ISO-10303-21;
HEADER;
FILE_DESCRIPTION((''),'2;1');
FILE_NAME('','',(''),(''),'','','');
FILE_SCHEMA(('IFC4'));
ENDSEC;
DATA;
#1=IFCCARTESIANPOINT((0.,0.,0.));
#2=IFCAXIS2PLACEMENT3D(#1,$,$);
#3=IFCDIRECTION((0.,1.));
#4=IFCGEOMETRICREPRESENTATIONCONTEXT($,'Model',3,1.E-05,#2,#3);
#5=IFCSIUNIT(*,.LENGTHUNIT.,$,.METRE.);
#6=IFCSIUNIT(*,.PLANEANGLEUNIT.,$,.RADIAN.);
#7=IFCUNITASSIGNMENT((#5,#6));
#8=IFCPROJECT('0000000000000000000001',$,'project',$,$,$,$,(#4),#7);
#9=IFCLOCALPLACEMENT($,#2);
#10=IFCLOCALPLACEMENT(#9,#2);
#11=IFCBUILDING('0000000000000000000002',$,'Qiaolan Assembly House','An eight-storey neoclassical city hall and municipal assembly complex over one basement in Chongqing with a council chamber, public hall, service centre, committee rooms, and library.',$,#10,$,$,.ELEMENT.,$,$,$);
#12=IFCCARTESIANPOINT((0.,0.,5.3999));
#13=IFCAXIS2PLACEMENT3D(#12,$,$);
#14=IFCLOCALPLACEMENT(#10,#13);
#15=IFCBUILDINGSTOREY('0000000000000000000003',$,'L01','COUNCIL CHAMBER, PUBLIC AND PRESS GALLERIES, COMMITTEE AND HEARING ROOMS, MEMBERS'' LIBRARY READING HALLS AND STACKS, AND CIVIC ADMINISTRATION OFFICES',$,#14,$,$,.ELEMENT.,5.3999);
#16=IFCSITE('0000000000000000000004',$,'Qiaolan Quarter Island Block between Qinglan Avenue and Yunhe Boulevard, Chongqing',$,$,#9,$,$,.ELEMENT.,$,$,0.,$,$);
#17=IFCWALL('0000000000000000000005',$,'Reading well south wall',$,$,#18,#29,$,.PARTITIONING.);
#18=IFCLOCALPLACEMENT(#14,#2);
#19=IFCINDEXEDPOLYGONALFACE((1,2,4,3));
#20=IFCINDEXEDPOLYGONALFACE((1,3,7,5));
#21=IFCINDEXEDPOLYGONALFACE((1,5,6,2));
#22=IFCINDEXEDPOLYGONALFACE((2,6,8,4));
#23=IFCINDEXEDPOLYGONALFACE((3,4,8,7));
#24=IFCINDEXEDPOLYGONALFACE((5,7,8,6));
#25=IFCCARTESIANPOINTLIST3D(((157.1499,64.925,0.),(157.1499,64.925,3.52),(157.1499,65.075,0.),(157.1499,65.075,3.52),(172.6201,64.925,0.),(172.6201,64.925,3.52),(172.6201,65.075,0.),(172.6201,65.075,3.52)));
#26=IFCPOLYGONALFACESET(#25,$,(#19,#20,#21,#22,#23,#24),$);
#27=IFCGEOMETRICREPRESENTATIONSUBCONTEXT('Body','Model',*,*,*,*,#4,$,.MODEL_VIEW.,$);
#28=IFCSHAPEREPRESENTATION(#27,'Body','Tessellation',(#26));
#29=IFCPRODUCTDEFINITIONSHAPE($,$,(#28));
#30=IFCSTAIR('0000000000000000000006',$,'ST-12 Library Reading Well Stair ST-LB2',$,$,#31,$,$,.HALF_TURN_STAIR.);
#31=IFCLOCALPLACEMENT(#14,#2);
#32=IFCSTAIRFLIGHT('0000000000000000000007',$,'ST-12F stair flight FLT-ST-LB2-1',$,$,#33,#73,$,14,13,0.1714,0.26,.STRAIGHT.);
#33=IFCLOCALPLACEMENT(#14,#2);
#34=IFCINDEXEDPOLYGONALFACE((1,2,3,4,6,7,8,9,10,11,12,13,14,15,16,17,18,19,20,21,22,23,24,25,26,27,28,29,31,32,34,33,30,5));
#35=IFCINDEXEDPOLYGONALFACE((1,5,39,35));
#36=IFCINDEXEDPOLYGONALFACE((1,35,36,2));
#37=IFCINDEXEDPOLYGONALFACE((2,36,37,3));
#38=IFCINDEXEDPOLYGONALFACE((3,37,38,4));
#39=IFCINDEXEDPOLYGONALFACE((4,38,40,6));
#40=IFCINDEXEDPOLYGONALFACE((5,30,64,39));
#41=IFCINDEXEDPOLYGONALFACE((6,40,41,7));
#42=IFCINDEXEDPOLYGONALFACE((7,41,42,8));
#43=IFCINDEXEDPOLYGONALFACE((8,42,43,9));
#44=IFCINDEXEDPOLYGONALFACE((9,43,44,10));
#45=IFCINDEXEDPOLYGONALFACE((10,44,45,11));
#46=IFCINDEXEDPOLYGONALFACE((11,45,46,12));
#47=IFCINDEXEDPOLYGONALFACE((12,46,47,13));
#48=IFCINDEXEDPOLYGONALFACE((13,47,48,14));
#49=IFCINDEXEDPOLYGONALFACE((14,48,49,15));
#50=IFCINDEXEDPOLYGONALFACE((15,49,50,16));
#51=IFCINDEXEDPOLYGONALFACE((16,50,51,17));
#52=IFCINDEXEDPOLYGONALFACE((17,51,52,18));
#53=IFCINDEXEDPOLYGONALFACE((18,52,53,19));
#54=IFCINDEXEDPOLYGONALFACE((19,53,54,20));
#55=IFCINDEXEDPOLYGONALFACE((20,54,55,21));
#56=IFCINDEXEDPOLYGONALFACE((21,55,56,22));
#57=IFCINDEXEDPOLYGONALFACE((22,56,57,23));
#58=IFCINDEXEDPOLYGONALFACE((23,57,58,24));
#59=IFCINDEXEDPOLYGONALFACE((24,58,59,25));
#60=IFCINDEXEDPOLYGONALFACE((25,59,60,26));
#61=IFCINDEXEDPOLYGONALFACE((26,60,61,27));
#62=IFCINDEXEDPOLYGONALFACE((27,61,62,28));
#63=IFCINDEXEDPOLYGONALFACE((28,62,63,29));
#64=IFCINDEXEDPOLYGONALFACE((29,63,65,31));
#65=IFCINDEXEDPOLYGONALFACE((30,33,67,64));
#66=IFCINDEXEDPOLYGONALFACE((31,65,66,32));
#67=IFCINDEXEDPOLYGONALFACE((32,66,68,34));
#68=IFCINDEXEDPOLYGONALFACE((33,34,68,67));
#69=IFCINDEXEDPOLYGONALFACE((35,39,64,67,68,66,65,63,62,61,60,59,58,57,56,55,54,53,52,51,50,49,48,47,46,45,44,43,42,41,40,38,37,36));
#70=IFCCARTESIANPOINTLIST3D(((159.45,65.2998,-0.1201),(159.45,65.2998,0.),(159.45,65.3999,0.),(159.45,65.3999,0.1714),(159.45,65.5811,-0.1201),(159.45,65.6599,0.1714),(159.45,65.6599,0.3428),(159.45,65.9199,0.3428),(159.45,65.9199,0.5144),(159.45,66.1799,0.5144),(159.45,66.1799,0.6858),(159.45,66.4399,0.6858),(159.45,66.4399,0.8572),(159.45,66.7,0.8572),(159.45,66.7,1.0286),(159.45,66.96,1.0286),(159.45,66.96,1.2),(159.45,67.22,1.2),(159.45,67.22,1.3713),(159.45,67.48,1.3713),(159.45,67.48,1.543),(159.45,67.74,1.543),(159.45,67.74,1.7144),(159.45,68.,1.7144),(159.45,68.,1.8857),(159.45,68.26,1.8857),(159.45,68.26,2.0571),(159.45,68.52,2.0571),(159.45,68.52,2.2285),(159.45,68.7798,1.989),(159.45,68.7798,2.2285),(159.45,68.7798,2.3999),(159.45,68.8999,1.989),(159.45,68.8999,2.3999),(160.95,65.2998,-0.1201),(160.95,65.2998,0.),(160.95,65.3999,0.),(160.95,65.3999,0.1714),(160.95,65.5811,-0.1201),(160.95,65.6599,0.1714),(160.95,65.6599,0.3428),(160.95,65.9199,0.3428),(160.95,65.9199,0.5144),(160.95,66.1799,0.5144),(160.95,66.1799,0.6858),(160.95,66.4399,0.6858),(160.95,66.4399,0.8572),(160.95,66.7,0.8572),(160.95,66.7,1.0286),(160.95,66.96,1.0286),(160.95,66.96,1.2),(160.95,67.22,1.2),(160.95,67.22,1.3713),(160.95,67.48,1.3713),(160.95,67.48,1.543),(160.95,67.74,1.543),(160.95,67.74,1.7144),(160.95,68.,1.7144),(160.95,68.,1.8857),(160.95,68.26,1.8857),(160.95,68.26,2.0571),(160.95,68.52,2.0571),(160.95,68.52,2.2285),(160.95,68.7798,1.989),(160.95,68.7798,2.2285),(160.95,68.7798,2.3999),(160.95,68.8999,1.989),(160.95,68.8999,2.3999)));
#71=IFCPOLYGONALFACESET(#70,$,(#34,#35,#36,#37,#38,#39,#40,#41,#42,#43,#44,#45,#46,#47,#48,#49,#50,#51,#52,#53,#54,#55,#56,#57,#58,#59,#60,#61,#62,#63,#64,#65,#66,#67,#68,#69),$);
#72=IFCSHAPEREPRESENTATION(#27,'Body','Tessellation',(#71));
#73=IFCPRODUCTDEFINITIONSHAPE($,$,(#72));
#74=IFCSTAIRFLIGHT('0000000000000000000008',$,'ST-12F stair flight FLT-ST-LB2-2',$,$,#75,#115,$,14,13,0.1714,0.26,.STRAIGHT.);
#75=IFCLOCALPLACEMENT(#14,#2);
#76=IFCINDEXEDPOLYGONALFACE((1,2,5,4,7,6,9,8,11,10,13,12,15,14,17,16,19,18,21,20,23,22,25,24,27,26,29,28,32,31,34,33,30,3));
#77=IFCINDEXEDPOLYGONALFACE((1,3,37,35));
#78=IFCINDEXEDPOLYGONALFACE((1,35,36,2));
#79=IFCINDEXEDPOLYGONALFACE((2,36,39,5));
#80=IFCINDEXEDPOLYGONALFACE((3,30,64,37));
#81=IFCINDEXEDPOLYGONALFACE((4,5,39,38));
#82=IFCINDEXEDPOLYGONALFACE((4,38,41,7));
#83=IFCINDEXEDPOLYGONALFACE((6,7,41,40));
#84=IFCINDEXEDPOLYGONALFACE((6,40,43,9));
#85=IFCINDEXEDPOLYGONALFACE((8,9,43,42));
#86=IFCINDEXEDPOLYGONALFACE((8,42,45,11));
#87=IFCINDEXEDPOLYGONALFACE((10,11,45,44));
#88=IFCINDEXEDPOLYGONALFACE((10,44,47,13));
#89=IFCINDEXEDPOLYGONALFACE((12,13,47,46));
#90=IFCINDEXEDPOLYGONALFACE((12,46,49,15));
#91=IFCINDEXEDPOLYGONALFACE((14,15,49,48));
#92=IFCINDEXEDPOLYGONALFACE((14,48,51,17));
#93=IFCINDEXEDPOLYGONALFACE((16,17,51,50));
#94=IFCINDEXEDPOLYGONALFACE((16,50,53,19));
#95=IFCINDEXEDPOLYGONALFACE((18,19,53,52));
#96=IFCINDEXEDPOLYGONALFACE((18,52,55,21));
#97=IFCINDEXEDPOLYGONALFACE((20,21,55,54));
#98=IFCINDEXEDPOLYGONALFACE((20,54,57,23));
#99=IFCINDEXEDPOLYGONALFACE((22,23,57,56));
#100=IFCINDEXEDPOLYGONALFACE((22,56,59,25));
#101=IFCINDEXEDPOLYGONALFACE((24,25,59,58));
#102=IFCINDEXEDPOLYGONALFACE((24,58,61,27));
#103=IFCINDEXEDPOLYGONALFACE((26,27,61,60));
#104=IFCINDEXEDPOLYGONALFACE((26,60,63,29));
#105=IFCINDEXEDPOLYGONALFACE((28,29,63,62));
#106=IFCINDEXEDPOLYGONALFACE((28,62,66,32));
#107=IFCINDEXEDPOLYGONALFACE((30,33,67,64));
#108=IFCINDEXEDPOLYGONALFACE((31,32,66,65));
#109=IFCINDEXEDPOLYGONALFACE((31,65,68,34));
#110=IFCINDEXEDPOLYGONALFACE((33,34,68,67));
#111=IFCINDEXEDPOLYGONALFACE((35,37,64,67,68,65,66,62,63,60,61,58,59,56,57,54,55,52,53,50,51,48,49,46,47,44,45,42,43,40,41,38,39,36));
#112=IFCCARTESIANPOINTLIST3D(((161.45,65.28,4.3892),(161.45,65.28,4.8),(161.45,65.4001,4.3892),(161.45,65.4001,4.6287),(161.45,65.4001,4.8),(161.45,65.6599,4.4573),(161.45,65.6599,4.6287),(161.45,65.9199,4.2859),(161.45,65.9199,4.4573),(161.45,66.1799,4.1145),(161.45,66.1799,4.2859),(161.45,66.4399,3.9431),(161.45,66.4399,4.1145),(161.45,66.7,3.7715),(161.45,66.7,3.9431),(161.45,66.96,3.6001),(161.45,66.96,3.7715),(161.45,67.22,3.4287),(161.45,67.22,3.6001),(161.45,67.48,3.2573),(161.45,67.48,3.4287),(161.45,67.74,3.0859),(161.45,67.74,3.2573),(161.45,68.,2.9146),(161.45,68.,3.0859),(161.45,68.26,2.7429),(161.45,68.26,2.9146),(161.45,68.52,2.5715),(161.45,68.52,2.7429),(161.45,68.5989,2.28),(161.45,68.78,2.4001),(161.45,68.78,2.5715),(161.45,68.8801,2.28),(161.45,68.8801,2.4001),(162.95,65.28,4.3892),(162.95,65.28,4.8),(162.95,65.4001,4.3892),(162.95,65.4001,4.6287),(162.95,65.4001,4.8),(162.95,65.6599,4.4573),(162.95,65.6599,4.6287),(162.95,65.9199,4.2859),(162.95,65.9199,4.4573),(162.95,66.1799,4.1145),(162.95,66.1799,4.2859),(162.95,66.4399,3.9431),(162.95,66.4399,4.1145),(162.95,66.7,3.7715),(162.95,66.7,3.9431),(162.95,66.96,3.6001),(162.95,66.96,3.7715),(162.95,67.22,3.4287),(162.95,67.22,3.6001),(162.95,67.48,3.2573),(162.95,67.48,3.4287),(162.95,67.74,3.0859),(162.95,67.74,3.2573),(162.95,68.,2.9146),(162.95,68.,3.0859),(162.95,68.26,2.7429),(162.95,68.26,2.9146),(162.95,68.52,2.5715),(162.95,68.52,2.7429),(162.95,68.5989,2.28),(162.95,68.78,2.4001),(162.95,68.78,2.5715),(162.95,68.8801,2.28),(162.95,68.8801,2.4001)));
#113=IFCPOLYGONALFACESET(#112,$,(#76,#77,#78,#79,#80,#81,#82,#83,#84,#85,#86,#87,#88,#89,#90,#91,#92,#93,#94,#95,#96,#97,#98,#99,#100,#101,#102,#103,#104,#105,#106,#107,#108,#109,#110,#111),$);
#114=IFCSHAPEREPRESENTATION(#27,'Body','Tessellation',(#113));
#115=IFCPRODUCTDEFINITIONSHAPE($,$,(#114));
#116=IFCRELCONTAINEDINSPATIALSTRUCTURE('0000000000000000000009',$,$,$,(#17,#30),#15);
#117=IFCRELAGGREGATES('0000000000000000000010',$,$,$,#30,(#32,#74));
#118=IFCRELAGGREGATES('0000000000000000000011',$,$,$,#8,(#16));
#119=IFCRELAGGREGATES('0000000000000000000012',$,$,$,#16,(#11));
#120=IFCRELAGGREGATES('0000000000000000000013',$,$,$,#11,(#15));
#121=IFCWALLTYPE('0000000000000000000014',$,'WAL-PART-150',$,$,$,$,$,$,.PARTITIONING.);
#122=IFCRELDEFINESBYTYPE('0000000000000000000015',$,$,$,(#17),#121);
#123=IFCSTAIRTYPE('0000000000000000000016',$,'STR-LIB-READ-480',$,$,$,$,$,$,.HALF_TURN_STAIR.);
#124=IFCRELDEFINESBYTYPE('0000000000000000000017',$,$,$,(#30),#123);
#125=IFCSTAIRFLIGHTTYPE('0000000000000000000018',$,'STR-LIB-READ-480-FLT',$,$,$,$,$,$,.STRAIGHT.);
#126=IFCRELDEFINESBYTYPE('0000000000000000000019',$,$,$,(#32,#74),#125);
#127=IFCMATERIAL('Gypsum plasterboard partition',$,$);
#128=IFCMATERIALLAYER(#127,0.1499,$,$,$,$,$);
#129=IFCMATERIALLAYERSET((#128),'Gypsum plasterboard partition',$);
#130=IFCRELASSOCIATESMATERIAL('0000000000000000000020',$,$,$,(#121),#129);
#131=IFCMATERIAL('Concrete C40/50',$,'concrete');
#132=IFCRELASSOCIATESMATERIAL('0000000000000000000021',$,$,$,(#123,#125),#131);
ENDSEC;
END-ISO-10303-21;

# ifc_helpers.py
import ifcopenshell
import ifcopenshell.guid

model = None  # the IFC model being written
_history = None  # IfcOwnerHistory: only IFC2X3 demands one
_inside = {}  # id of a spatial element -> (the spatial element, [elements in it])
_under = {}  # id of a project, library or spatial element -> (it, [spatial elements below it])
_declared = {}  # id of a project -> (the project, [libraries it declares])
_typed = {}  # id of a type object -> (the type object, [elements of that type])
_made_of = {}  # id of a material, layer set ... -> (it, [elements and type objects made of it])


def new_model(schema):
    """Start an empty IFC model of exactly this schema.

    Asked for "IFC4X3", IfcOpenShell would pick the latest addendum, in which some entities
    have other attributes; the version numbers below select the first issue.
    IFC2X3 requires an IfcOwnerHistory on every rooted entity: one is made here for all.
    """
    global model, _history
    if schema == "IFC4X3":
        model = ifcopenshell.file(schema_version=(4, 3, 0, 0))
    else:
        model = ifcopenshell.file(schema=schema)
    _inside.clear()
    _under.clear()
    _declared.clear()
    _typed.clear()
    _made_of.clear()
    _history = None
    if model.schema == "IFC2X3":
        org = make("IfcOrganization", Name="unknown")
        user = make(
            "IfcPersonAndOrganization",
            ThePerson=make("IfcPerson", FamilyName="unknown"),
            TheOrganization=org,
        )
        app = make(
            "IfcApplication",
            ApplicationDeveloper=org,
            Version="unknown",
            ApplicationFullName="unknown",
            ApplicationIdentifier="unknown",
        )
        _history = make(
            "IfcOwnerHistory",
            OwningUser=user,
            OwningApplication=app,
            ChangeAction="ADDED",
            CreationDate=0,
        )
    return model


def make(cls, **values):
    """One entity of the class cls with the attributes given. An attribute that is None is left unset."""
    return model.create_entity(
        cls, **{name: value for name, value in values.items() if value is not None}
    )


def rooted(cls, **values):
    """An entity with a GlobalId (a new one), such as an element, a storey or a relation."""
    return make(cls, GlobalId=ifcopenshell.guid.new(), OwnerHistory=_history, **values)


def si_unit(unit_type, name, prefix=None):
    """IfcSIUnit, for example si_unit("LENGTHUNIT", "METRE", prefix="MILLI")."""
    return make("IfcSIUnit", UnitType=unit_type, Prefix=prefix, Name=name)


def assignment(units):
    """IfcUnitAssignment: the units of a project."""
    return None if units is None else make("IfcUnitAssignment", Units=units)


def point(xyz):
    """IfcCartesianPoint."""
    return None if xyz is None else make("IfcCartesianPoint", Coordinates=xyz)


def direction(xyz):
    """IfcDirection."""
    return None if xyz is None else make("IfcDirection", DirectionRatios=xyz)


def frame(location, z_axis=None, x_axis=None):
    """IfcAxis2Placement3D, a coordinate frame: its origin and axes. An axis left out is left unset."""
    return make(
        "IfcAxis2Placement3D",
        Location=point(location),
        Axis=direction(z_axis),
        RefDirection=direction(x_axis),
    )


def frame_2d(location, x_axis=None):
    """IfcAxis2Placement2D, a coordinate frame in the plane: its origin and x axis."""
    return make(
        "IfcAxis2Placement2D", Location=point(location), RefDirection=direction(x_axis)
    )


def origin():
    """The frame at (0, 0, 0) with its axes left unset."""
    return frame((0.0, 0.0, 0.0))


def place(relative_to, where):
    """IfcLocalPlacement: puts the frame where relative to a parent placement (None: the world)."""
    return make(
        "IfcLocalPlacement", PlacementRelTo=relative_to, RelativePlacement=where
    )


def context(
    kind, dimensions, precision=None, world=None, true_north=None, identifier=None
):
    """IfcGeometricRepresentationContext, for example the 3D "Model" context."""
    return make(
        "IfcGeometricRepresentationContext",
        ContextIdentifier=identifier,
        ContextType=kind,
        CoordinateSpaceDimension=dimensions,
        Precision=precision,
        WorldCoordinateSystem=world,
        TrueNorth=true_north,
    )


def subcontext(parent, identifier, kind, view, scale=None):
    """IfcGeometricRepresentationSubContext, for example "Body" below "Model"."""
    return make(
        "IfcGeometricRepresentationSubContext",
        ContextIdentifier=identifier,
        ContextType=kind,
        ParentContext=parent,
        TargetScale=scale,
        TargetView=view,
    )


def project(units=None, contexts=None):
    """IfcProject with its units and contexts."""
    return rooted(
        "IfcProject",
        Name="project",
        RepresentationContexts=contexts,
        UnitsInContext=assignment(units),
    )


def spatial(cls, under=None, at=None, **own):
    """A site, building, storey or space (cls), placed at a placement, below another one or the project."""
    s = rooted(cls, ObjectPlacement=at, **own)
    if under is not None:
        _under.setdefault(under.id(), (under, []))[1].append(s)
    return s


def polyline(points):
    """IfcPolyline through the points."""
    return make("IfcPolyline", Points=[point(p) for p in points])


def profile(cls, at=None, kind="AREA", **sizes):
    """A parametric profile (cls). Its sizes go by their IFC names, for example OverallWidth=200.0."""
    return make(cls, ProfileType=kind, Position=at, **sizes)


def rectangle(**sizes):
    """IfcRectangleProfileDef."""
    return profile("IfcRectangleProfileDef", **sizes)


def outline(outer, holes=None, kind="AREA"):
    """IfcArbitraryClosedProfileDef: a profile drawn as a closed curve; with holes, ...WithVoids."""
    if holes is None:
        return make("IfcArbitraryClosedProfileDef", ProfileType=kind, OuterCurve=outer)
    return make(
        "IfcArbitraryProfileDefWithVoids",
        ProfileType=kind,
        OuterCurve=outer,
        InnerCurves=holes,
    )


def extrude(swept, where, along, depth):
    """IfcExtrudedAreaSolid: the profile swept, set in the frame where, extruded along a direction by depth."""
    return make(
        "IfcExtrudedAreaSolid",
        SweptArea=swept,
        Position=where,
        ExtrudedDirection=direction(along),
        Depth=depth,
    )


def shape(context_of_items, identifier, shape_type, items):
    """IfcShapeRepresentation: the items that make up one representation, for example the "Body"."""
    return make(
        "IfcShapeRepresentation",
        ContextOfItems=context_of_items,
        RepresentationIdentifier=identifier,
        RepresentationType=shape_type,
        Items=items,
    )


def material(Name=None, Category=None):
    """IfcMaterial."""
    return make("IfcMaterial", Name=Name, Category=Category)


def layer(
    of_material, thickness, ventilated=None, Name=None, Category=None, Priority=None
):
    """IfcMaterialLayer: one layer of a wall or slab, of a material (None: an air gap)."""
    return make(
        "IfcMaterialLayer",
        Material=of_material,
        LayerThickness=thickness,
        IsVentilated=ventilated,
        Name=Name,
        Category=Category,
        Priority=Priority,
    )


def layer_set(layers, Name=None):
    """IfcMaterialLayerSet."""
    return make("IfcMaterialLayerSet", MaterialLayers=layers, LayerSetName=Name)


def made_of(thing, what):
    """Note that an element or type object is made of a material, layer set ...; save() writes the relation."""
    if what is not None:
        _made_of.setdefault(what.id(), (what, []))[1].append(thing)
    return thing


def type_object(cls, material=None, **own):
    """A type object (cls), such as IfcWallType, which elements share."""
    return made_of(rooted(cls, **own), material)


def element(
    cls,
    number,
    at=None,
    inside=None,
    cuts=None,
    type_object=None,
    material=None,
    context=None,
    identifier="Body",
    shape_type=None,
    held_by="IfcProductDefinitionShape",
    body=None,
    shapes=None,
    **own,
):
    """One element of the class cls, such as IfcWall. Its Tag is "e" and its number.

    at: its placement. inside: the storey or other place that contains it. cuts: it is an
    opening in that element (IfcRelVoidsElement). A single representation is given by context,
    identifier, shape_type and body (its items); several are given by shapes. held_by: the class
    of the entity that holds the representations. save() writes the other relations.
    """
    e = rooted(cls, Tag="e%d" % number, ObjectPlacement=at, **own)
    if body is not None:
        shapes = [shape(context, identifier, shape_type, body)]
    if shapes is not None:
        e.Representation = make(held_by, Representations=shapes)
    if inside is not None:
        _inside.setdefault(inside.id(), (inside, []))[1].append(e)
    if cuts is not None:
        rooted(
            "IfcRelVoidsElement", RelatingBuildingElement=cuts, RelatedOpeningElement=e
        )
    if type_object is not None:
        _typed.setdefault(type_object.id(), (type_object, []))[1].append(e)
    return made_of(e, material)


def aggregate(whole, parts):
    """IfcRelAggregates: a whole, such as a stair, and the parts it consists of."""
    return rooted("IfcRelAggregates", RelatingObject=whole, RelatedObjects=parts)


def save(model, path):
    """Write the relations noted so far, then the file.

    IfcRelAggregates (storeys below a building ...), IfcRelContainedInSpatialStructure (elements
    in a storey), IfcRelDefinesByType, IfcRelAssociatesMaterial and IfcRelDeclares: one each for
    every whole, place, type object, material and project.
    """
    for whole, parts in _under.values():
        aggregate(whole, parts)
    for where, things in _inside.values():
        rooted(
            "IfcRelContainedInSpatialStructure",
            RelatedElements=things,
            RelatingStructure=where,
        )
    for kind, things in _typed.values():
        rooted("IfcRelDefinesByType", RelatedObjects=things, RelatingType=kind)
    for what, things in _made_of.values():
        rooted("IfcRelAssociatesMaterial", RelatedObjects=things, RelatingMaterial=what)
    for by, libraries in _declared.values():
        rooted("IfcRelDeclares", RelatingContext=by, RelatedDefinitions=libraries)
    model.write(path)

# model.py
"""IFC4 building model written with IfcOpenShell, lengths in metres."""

from ifc_helpers import new_model, si_unit, direction, frame, frame_2d, origin, place, context, subcontext, project, spatial, polyline, rectangle, outline, extrude, material, layer, layer_set, type_object, element, aggregate, save


model = new_model("IFC4")

# Units and contexts
model_context = context("Model", 3, precision=1e-05, world=origin(), true_north=direction((0.0, 1.0)))
body_context = subcontext(model_context, "Body", "Model", "MODEL_VIEW")
ifc_project = project(units=[si_unit("LENGTHUNIT", "METRE"), si_unit("PLANEANGLEUNIT", "RADIAN")], contexts=[model_context])

# Site, building, storey
site_placement = place(None, origin())
site = spatial("IfcSite", under=ifc_project, at=site_placement, Name="Qiaolan Quarter Island Block between Qinglan Avenue and Yunhe Boulevard, Chongqing", CompositionType="ELEMENT", RefElevation=0.0)
building_placement = place(site_placement, origin())
building = spatial("IfcBuilding", under=site, at=building_placement, Name="Qiaolan Assembly House", Description="An eight-storey neoclassical city hall and municipal assembly complex over one basement in Chongqing with a council chamber, public hall, service centre, committee rooms, and library.", CompositionType="ELEMENT")
storey_placement = place(building_placement, frame((0.0, 0.0, 5.3999)))
storey = spatial("IfcBuildingStorey", under=building, at=storey_placement, Name="L01", Description="COUNCIL CHAMBER, PUBLIC AND PRESS GALLERIES, COMMITTEE AND HEARING ROOMS, MEMBERS' LIBRARY READING HALLS AND STACKS, AND CIVIC ADMINISTRATION OFFICES", CompositionType="ELEMENT", Elevation=5.3999)

# Shared definitions
ifc_material_1 = material(Name="Concrete C40/50", Category="concrete")

# Wall
ifc_material_2 = material(Name="Gypsum plasterboard partition")
ifc_layer_1 = layer(ifc_material_2, 0.1499)
ifc_layer_set_1 = layer_set([ifc_layer_1], Name="Gypsum plasterboard partition")
wall_type = type_object("IfcWallType", Name="WAL-PART-150", PredefinedType="PARTITIONING", material=ifc_layer_set_1)
wall_placement = place(storey_placement, frame((157.1499, 65.0, 0.0), z_axis=(0.0, 0.0, 1.0), x_axis=(1.0, 0.0, 0.0)))
element("IfcWall", 1, at=wall_placement, inside=storey, type_object=wall_type, Name="Reading well south wall", PredefinedType="PARTITIONING", context=body_context, shape_type="SweptSolid", body=[
    extrude(rectangle(XDim=15.4702, YDim=0.1499, at=frame_2d((7.7351, 0.0))), origin(), (0.0, 0.0, 1.0), 3.52),
])

# Stair, stair flights
stair_type = type_object("IfcStairType", Name="STR-LIB-READ-480", PredefinedType="HALF_TURN_STAIR", material=ifc_material_1)
stair_placement = place(storey_placement, origin())
stair = element("IfcStair", 2, at=stair_placement, inside=storey, type_object=stair_type, Name="ST-12 Library Reading Well Stair ST-LB2", PredefinedType="HALF_TURN_STAIR")
stair_flight_type = type_object("IfcStairFlightType", Name="STR-LIB-READ-480-FLT", PredefinedType="STRAIGHT", material=ifc_material_1)
stair_flight_1_placement = place(storey_placement, frame((160.2, 65.3999, 0.0), z_axis=(0.0, 0.0, 1.0), x_axis=(0.0, 1.0, 0.0)))
stair_flight_1 = element("IfcStairFlight", 3, at=stair_flight_1_placement, type_object=stair_flight_type, Name="ST-12F stair flight FLT-ST-LB2-1", NumberOfRisers=14, NumberOfTreads=13, PredefinedType="STRAIGHT", RiserHeight=0.1714, TreadLength=0.26, context=body_context, shape_type="SweptSolid", body=[
    extrude(outline(polyline([(-0.1001, -0.1201), (-0.1001, 0.0), (0.0, 0.0), (0.0, 0.1714), (0.26, 0.1714), (0.26, 0.3428), (0.52, 0.3428), (0.52, 0.5144), (0.78, 0.5144), (0.78, 0.6858), (1.04, 0.6858), (1.04, 0.8572), (1.3, 0.8572), (1.3, 1.0286), (1.5601, 1.0286), (1.5601, 1.2), (1.8201, 1.2), (1.8201, 1.3713), (2.0801, 1.3713), (2.0801, 1.543), (2.3401, 1.543), (2.3401, 1.7144), (2.6001, 1.7144), (2.6001, 1.8857), (2.8601, 1.8857), (2.8601, 2.0571), (3.1201, 2.0571), (3.1201, 2.2285), (3.3799, 2.2285), (3.3799, 2.3999), (3.5, 2.3999), (3.5, 1.989), (3.3799, 1.989), (0.1812, -0.1201), (-0.1001, -0.1201)])), frame((0.0, 0.75, 0.0), z_axis=(0.0, -1.0, 0.0), x_axis=(1.0, 0.0, 0.0)), (0.0, 0.0, 1.0), 1.5),
])
stair_flight_2_placement = place(storey_placement, frame((162.2, 68.78, 2.4001), z_axis=(0.0, 0.0, 1.0), x_axis=(0.0, -1.0, 0.0)))
stair_flight_2 = element("IfcStairFlight", 4, at=stair_flight_2_placement, type_object=stair_flight_type, Name="ST-12F stair flight FLT-ST-LB2-2", NumberOfRisers=14, NumberOfTreads=13, PredefinedType="STRAIGHT", RiserHeight=0.1714, TreadLength=0.26, context=body_context, shape_type="SweptSolid", body=[
    extrude(outline(polyline([(-0.1001, -0.1201), (-0.1001, 0.0), (0.0, 0.0), (0.0, 0.1714), (0.26, 0.1714), (0.26, 0.3428), (0.52, 0.3428), (0.52, 0.5144), (0.78, 0.5144), (0.78, 0.6858), (1.04, 0.6858), (1.04, 0.8572), (1.3, 0.8572), (1.3, 1.0286), (1.5601, 1.0286), (1.5601, 1.2), (1.8201, 1.2), (1.8201, 1.3713), (2.0801, 1.3713), (2.0801, 1.543), (2.3401, 1.543), (2.3401, 1.7144), (2.6001, 1.7144), (2.6001, 1.8857), (2.8601, 1.8857), (2.8601, 2.0571), (3.1201, 2.0571), (3.1201, 2.2285), (3.3799, 2.2285), (3.3799, 2.3999), (3.5, 2.3999), (3.5, 1.989), (3.3799, 1.989), (0.1812, -0.1201), (-0.1001, -0.1201)])), frame((0.0, 0.75, 0.0), z_axis=(0.0, -1.0, 0.0), x_axis=(1.0, 0.0, 0.0)), (0.0, 0.0, 1.0), 1.5),
])
aggregate(stair, [stair_flight_1, stair_flight_2])

save(model, "model.ifc")
